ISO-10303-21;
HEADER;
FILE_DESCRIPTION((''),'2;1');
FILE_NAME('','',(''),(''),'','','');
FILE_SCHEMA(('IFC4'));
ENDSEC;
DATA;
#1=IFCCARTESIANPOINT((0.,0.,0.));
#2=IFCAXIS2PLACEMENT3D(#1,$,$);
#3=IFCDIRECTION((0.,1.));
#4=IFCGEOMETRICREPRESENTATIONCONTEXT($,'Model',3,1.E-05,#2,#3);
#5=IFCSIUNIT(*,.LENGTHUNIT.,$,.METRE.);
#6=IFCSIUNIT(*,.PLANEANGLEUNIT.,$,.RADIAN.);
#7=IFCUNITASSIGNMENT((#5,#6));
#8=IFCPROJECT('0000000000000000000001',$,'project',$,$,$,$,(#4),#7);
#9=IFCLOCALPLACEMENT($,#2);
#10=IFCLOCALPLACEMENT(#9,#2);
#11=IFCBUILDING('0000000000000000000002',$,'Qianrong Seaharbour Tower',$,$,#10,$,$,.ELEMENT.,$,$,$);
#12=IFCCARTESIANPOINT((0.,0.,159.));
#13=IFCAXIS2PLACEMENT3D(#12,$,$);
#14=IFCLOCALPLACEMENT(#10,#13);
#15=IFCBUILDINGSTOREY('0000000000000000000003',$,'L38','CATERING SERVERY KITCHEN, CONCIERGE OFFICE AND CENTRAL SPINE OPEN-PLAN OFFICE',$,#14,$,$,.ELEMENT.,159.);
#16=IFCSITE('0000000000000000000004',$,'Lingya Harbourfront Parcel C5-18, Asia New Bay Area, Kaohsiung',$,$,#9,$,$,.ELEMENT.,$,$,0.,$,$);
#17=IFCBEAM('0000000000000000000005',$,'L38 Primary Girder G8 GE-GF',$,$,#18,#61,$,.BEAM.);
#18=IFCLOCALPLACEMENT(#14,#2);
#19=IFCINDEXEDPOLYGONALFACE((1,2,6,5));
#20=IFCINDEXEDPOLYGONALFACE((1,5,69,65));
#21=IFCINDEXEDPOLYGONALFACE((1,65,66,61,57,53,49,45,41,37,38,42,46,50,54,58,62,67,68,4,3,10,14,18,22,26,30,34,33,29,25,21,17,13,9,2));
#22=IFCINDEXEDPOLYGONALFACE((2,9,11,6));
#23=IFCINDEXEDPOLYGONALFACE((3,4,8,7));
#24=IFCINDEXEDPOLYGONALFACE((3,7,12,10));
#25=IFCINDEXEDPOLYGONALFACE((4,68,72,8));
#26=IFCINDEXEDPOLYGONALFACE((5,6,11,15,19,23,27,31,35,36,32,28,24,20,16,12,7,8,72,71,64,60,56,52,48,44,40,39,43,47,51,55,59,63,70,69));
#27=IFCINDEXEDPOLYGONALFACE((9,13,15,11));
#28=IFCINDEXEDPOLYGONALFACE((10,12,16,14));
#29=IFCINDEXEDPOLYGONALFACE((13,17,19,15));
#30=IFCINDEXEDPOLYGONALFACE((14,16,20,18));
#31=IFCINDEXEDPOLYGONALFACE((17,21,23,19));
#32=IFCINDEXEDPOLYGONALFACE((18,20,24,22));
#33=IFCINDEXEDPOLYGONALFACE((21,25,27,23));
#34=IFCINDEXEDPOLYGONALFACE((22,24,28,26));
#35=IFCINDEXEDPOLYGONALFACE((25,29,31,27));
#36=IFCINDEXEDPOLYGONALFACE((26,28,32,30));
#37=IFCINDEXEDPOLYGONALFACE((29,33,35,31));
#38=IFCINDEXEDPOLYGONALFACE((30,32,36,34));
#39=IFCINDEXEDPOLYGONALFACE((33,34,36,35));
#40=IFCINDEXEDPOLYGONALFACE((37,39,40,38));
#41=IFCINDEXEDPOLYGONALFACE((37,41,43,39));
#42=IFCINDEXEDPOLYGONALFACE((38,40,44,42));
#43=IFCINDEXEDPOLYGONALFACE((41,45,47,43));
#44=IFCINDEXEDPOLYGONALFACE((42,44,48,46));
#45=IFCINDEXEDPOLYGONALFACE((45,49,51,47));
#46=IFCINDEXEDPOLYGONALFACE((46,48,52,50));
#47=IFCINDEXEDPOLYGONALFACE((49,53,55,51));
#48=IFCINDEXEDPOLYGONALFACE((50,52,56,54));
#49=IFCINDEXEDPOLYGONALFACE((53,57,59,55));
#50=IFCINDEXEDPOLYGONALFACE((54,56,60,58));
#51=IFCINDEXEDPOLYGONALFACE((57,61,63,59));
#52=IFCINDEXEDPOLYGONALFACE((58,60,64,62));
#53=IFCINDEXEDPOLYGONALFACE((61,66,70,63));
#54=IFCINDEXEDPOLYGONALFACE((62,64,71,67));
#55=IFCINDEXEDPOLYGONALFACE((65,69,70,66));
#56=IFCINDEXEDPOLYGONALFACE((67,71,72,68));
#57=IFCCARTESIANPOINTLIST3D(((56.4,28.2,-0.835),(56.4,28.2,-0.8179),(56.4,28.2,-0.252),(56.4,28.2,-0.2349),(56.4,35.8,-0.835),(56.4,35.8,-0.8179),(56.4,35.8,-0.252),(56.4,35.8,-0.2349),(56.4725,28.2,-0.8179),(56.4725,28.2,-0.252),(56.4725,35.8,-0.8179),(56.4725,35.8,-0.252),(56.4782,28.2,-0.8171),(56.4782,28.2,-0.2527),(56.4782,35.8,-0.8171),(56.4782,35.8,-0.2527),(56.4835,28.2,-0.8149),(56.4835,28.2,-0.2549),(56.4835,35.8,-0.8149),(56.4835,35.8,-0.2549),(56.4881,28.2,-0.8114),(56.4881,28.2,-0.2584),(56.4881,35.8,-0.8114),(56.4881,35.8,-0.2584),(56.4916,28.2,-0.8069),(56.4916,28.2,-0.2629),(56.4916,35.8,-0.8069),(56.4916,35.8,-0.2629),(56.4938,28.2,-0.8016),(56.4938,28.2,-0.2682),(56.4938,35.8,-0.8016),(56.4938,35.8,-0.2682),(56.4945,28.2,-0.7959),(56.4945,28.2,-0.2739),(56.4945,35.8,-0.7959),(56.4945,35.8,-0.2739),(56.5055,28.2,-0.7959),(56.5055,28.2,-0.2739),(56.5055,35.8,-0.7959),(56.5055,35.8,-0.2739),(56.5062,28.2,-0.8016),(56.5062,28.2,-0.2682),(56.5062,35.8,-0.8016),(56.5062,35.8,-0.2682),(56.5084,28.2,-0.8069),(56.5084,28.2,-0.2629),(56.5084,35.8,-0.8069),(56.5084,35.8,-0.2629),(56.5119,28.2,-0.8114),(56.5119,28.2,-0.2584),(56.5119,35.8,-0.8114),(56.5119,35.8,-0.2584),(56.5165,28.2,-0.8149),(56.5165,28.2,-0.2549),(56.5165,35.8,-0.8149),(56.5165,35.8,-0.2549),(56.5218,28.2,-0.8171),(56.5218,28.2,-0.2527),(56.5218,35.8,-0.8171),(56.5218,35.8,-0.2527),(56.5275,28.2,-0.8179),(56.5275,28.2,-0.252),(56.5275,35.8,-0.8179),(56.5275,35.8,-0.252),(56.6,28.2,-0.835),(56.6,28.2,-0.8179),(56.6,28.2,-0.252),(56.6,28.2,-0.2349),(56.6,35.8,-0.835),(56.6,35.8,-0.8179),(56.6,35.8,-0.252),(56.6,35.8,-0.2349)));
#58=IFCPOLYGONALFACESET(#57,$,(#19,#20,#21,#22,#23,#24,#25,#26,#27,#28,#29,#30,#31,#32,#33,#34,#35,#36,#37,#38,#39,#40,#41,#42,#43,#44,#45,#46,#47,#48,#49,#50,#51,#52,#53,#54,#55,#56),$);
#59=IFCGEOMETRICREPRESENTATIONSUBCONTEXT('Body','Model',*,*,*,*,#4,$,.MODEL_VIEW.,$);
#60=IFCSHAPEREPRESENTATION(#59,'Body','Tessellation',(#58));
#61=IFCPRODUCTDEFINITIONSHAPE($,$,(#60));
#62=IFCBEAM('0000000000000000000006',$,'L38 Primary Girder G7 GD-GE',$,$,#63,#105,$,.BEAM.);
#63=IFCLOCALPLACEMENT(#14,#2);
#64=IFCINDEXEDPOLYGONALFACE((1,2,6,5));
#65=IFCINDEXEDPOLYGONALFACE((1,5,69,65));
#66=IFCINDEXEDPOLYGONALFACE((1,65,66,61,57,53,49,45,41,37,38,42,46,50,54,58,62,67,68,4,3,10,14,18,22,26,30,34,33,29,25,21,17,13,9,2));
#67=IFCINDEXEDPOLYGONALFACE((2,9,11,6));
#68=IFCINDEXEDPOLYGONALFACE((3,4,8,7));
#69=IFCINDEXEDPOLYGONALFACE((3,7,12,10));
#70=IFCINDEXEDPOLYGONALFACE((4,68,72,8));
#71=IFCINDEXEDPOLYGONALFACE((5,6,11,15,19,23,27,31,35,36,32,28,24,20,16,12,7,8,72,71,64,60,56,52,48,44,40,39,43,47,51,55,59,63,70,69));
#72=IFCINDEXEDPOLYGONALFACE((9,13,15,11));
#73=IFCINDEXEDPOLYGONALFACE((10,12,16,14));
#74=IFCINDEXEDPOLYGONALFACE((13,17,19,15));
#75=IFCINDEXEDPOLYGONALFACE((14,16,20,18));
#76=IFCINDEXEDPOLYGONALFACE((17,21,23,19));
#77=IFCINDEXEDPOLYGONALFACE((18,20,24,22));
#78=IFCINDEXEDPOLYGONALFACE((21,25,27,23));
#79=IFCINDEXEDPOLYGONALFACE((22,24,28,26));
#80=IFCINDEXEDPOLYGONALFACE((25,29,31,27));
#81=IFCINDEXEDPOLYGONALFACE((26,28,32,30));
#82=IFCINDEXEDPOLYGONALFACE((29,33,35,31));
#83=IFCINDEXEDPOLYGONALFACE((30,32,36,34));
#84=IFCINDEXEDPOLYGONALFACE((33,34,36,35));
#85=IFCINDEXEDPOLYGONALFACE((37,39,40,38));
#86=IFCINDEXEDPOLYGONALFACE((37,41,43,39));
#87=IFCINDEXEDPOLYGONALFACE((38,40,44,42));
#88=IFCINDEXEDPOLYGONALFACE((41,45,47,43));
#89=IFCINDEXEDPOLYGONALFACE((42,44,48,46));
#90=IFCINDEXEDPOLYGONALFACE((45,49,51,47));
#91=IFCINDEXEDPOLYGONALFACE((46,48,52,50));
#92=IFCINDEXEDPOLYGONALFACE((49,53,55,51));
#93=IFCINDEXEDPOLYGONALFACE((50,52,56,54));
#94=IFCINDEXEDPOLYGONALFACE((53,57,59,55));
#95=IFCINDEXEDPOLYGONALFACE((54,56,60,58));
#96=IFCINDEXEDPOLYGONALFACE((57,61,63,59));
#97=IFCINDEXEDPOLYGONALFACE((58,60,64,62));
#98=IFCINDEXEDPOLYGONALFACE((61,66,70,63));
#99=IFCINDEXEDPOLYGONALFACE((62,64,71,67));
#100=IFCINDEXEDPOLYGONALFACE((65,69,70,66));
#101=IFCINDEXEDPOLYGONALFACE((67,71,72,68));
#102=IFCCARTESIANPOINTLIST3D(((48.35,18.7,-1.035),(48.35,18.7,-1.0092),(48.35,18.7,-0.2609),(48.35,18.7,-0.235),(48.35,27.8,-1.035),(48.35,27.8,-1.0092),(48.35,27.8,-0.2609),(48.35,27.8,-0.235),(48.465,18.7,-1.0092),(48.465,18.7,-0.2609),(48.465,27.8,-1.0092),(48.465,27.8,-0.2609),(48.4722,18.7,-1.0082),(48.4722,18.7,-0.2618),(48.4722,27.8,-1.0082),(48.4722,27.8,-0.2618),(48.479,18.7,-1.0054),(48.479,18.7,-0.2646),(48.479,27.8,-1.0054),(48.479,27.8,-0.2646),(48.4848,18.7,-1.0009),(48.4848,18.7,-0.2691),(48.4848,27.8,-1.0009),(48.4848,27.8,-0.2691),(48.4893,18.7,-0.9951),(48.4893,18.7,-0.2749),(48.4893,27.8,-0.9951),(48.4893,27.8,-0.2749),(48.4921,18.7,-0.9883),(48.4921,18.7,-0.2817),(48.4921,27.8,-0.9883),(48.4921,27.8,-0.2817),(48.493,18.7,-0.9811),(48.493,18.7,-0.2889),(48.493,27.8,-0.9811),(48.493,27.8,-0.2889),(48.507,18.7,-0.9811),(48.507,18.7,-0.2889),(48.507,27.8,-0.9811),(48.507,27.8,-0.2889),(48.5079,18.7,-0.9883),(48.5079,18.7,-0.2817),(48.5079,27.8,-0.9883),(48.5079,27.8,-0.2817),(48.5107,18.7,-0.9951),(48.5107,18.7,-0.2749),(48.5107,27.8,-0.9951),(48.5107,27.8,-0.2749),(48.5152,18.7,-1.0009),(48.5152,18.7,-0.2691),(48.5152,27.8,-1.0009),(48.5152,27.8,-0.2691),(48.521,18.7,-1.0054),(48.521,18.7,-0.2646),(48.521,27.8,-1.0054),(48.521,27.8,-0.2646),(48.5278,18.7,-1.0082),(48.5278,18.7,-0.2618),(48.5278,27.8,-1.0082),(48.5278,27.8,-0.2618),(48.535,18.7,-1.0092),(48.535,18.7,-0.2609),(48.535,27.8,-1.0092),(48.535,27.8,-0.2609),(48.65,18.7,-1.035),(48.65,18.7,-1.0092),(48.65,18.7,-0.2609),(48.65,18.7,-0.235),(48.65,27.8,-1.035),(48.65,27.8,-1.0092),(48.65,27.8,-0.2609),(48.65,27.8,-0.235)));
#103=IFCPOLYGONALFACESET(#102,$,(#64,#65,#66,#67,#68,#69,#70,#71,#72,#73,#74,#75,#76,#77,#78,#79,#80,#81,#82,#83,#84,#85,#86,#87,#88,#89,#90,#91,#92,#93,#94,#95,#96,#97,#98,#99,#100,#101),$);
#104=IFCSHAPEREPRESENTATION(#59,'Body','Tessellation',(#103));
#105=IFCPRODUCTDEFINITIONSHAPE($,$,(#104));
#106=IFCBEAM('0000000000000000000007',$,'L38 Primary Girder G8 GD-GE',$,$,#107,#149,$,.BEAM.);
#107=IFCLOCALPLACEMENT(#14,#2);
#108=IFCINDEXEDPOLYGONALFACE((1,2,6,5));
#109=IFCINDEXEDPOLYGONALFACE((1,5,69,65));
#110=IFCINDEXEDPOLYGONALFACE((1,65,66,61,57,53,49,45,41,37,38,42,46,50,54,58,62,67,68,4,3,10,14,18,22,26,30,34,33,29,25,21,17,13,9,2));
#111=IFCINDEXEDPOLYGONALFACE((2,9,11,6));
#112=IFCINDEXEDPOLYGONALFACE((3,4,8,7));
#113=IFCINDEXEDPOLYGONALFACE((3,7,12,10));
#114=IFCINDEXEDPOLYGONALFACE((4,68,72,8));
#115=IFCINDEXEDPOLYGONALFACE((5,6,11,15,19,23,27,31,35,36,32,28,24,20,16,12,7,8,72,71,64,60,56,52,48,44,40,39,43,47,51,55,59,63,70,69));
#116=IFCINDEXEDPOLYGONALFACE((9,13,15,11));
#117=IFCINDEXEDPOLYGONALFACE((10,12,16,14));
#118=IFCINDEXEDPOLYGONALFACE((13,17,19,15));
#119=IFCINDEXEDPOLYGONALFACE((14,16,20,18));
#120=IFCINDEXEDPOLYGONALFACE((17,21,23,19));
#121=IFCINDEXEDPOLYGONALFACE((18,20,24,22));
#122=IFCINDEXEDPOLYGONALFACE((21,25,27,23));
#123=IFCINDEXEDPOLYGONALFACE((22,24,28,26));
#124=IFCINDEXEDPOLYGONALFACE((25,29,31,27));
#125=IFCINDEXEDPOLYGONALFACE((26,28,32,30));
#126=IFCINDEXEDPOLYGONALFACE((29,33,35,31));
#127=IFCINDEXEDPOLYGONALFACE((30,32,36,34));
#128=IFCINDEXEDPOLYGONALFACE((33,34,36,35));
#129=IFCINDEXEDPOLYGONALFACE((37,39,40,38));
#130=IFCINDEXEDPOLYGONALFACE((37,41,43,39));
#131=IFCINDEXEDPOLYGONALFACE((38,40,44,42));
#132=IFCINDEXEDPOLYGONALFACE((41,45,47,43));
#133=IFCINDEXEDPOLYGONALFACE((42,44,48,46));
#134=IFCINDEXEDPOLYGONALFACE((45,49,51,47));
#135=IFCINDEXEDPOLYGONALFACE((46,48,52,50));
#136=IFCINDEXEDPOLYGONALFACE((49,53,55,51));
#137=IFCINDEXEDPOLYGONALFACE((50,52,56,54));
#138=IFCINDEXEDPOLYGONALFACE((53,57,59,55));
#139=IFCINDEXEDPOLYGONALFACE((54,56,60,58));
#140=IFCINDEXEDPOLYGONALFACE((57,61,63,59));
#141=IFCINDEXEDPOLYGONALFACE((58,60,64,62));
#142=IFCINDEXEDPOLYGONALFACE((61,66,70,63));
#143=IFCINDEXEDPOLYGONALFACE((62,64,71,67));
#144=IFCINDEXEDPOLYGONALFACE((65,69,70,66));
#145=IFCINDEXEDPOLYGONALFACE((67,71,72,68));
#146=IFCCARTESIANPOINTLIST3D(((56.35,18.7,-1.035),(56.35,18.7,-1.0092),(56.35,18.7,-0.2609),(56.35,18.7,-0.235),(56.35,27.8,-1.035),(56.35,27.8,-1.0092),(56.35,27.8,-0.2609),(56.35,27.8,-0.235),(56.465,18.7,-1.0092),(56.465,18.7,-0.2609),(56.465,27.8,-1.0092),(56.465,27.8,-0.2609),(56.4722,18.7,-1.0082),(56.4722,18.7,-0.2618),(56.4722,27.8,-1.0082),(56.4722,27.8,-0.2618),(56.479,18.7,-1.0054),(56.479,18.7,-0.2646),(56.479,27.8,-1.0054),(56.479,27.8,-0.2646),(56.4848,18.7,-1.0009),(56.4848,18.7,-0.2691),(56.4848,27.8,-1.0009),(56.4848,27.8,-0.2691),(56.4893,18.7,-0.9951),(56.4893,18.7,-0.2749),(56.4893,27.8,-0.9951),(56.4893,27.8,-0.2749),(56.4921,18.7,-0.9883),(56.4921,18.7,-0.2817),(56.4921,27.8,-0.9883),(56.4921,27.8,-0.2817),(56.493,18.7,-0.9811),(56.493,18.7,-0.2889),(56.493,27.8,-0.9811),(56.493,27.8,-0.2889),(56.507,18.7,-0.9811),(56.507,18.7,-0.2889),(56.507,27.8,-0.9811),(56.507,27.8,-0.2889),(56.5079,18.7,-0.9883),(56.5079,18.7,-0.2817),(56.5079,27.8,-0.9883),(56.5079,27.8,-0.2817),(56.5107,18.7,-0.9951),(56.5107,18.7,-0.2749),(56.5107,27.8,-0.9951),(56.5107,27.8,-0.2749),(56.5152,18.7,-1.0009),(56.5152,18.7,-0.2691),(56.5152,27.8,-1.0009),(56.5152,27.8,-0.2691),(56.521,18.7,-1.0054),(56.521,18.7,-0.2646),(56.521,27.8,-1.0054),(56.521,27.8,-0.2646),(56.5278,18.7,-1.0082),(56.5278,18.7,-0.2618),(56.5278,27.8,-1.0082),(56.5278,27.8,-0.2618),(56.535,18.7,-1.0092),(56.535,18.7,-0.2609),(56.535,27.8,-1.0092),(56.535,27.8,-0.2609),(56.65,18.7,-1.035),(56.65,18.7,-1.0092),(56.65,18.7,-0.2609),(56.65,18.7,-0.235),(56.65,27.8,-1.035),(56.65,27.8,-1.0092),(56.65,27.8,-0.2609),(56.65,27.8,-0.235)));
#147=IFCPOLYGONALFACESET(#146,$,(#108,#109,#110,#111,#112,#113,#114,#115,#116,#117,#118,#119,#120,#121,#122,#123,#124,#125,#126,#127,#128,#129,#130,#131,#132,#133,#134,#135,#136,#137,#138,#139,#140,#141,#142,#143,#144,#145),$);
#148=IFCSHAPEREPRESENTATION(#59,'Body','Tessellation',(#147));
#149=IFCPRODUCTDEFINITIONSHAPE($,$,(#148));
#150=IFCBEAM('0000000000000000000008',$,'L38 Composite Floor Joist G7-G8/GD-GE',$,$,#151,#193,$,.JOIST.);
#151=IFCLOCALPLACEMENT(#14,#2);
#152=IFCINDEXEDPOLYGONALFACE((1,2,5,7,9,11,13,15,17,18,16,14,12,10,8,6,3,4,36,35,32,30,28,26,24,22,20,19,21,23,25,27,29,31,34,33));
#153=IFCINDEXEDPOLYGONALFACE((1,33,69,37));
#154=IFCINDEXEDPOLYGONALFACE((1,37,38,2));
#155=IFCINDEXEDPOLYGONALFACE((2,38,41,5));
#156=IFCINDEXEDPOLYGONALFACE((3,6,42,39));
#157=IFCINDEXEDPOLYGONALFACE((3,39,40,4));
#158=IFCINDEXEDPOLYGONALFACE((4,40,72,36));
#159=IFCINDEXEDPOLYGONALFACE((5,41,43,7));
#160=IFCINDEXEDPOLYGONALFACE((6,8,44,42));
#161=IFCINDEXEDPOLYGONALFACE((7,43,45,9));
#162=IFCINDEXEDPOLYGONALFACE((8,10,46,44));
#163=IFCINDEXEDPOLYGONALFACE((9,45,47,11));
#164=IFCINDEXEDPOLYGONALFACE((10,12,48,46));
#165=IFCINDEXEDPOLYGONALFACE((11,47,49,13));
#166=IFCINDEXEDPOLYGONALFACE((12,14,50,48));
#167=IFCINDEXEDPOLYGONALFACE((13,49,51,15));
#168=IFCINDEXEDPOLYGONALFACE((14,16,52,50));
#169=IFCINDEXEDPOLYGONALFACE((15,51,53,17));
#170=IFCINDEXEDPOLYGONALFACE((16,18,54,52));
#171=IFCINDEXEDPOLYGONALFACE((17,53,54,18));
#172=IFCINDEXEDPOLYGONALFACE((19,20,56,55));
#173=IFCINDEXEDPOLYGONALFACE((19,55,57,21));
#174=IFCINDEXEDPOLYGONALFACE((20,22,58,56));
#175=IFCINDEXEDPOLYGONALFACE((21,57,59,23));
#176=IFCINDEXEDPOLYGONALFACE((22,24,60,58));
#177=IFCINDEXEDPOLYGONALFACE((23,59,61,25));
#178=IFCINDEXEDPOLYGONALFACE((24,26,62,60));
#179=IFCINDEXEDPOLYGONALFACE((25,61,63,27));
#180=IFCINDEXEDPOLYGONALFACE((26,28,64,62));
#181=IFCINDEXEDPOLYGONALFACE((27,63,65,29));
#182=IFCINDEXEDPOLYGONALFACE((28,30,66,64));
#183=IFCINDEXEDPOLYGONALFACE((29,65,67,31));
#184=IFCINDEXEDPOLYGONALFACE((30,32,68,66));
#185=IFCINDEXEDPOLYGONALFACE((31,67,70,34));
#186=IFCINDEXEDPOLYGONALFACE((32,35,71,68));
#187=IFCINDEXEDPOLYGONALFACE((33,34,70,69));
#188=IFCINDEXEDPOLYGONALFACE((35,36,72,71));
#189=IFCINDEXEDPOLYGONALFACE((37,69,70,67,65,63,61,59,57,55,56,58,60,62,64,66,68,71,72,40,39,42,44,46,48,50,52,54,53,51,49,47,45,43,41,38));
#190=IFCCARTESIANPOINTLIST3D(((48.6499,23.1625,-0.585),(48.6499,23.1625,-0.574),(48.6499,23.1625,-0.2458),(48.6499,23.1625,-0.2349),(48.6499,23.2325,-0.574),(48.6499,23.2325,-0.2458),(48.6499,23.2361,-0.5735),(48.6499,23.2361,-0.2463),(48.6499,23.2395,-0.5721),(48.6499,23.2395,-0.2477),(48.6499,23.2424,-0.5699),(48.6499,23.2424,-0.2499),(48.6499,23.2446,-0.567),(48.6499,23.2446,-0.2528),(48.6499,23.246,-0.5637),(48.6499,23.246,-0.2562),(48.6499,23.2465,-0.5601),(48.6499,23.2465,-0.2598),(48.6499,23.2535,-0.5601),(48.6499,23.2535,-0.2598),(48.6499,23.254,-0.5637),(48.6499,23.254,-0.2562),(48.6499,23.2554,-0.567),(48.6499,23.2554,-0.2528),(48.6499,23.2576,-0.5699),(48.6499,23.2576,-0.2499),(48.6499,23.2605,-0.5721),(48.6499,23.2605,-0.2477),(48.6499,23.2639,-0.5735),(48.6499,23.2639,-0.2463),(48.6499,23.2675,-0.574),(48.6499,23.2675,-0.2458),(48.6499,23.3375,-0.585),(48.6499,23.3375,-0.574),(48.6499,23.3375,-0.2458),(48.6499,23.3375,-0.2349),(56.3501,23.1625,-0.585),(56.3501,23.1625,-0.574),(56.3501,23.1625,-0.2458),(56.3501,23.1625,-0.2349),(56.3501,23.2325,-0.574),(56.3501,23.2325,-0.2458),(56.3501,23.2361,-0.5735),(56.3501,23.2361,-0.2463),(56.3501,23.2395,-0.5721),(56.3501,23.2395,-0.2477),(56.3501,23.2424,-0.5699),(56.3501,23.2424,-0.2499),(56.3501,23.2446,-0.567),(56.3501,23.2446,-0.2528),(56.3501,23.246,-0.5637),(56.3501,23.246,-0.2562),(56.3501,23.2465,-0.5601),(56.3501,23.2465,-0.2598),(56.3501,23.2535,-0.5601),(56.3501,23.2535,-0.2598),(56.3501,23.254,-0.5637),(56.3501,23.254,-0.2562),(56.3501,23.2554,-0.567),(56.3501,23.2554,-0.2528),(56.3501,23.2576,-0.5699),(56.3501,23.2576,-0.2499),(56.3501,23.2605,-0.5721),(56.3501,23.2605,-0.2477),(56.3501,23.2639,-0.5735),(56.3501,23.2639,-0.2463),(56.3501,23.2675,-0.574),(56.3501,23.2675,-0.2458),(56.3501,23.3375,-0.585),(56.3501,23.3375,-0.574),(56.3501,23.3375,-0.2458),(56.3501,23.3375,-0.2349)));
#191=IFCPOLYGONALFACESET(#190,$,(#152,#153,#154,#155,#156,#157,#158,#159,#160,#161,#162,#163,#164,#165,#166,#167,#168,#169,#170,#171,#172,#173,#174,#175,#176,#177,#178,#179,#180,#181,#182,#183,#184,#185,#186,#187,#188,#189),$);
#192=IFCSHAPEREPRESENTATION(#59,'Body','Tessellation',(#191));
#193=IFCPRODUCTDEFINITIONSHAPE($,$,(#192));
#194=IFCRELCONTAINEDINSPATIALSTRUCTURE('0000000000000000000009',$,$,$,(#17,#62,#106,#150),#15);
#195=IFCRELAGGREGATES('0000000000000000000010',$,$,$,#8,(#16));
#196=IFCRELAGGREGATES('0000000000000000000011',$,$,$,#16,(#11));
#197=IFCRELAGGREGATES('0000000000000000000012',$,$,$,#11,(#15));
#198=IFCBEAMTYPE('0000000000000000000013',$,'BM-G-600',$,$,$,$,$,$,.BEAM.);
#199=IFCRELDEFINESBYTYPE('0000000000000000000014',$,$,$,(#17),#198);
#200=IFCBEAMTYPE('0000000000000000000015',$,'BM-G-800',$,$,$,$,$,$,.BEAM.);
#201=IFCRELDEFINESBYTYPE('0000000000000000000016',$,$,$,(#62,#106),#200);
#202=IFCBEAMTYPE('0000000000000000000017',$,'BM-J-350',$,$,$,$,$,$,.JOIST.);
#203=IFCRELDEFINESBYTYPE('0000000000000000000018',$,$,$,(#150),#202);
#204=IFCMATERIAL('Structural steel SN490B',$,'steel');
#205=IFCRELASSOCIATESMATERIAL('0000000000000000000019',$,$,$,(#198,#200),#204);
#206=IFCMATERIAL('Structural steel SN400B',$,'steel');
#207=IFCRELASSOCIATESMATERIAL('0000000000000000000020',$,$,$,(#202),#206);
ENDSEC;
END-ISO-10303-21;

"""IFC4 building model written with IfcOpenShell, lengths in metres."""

from ifc_helpers import new_model, si_unit, direction, frame, origin, origin_2d, place, context, subcontext, project, spatial, i_section, extrude, material, material_profile, profile_set, type_object, element, save


model = new_model("IFC4")

# Units and contexts
model_context = context("Model", 3, precision=1e-05, world=origin(), true_north=direction((0.0, 1.0)))
body_context = subcontext(model_context, "Body", "Model", "MODEL_VIEW")
ifc_project = project(units=[si_unit("LENGTHUNIT", "METRE"), si_unit("PLANEANGLEUNIT", "RADIAN")], contexts=[model_context])

# Site, building, storey
site_placement = place(None, origin())
site = spatial("IfcSite", under=ifc_project, at=site_placement, Name="Lingya Harbourfront Parcel C5-18, Asia New Bay Area, Kaohsiung", CompositionType="ELEMENT", RefElevation=0.0)
building_placement = place(site_placement, origin())
building = spatial("IfcBuilding", under=site, at=building_placement, Name="Qianrong Seaharbour Tower", CompositionType="ELEMENT")
storey_placement = place(building_placement, frame((0.0, 0.0, 159.0)))
storey = spatial("IfcBuildingStorey", under=building, at=storey_placement, Name="L38", Description="CATERING SERVERY KITCHEN, CONCIERGE OFFICE AND CENTRAL SPINE OPEN-PLAN OFFICE", CompositionType="ELEMENT", Elevation=159.0)

# Shared definitions
ifc_material_1 = material(Name="Structural steel SN490B", Category="steel")

# Beams
ifc_material_profile_1 = material_profile(ifc_material_1, i_section(OverallWidth=0.2, OverallDepth=0.6001, WebThickness=0.011, FlangeThickness=0.0171, FilletRadius=0.022, at=origin_2d()), Name="H600x200x11x17")
ifc_profile_set_1 = profile_set([ifc_material_profile_1], Name="Structural steel SN490B")
beam_type_1 = type_object("IfcBeamType", Name="BM-G-600", PredefinedType="BEAM", material=ifc_profile_set_1)
for number, where, z_axis, x_axis, name in (
    (1, (56.5, 28.2, -0.5349), (0.0, 1.0, 0.0), (-1.0, 0.0, 0.0), "L38 Primary Girder G8 GE-GF"),
):
    element("IfcBeam", number, at=place(storey_placement, frame(where, z_axis=z_axis, x_axis=x_axis)), inside=storey, type_object=beam_type_1, Name=name, PredefinedType="BEAM", context=body_context, shape_type="SweptSolid", body=[
        extrude(i_section(OverallWidth=0.2, OverallDepth=0.6001, WebThickness=0.011, FlangeThickness=0.0171, FilletRadius=0.022, at=origin_2d()), origin(), (0.0, 0.0, 1.0), 7.6001),
    ])
ifc_material_profile_2 = material_profile(ifc_material_1, i_section(OverallWidth=0.3, OverallDepth=0.8, WebThickness=0.0139, FlangeThickness=0.0259, FilletRadius=0.0281, at=origin_2d()), Name="H800x300x14x26")
ifc_profile_set_2 = profile_set([ifc_material_profile_2], Name="Structural steel SN490B")
beam_type_2 = type_object("IfcBeamType", Name="BM-G-800", PredefinedType="BEAM", material=ifc_profile_set_2)
for number, where, z_axis, x_axis, name in (
    (2, (48.5, 18.7, -0.635), (0.0, 1.0, 0.0), (-1.0, 0.0, 0.0), "L38 Primary Girder G7 GD-GE"),
    (3, (56.5, 18.7, -0.635), (0.0, 1.0, 0.0), (-1.0, 0.0, 0.0), "L38 Primary Girder G8 GD-GE"),
):
    element("IfcBeam", number, at=place(storey_placement, frame(where, z_axis=z_axis, x_axis=x_axis)), inside=storey, type_object=beam_type_2, Name=name, PredefinedType="BEAM", context=body_context, shape_type="SweptSolid", body=[
        extrude(i_section(OverallWidth=0.3, OverallDepth=0.8, WebThickness=0.0139, FlangeThickness=0.0259, FilletRadius=0.0281, at=origin_2d()), origin(), (0.0, 0.0, 1.0), 9.1001),
    ])
ifc_material_2 = material(Name="Structural steel SN400B", Category="steel")
ifc_material_profile_3 = material_profile(ifc_material_2, i_section(OverallWidth=0.175, OverallDepth=0.3501, WebThickness=0.0071, FlangeThickness=0.011, FilletRadius=0.0139, at=origin_2d()), Name="H350x175x7x11")
ifc_profile_set_3 = profile_set([ifc_material_profile_3], Name="Structural steel SN400B")
beam_type_3 = type_object("IfcBeamType", Name="BM-J-350", PredefinedType="JOIST", material=ifc_profile_set_3)
beam_1_placement = place(storey_placement, frame((48.6499, 23.25, -0.4099), z_axis=(1.0, 0.0, 0.0), x_axis=(0.0, 1.0, 0.0)))
element("IfcBeam", 4, at=beam_1_placement, inside=storey, type_object=beam_type_3, Name="L38 Composite Floor Joist G7-G8/GD-GE", PredefinedType="JOIST", context=body_context, shape_type="SweptSolid", body=[
    extrude(i_section(OverallWidth=0.175, OverallDepth=0.3501, WebThickness=0.0071, FlangeThickness=0.011, FilletRadius=0.0139, at=origin_2d()), origin(), (0.0, 0.0, 1.0), 7.7002),
])

save(model, "model.ifc")
